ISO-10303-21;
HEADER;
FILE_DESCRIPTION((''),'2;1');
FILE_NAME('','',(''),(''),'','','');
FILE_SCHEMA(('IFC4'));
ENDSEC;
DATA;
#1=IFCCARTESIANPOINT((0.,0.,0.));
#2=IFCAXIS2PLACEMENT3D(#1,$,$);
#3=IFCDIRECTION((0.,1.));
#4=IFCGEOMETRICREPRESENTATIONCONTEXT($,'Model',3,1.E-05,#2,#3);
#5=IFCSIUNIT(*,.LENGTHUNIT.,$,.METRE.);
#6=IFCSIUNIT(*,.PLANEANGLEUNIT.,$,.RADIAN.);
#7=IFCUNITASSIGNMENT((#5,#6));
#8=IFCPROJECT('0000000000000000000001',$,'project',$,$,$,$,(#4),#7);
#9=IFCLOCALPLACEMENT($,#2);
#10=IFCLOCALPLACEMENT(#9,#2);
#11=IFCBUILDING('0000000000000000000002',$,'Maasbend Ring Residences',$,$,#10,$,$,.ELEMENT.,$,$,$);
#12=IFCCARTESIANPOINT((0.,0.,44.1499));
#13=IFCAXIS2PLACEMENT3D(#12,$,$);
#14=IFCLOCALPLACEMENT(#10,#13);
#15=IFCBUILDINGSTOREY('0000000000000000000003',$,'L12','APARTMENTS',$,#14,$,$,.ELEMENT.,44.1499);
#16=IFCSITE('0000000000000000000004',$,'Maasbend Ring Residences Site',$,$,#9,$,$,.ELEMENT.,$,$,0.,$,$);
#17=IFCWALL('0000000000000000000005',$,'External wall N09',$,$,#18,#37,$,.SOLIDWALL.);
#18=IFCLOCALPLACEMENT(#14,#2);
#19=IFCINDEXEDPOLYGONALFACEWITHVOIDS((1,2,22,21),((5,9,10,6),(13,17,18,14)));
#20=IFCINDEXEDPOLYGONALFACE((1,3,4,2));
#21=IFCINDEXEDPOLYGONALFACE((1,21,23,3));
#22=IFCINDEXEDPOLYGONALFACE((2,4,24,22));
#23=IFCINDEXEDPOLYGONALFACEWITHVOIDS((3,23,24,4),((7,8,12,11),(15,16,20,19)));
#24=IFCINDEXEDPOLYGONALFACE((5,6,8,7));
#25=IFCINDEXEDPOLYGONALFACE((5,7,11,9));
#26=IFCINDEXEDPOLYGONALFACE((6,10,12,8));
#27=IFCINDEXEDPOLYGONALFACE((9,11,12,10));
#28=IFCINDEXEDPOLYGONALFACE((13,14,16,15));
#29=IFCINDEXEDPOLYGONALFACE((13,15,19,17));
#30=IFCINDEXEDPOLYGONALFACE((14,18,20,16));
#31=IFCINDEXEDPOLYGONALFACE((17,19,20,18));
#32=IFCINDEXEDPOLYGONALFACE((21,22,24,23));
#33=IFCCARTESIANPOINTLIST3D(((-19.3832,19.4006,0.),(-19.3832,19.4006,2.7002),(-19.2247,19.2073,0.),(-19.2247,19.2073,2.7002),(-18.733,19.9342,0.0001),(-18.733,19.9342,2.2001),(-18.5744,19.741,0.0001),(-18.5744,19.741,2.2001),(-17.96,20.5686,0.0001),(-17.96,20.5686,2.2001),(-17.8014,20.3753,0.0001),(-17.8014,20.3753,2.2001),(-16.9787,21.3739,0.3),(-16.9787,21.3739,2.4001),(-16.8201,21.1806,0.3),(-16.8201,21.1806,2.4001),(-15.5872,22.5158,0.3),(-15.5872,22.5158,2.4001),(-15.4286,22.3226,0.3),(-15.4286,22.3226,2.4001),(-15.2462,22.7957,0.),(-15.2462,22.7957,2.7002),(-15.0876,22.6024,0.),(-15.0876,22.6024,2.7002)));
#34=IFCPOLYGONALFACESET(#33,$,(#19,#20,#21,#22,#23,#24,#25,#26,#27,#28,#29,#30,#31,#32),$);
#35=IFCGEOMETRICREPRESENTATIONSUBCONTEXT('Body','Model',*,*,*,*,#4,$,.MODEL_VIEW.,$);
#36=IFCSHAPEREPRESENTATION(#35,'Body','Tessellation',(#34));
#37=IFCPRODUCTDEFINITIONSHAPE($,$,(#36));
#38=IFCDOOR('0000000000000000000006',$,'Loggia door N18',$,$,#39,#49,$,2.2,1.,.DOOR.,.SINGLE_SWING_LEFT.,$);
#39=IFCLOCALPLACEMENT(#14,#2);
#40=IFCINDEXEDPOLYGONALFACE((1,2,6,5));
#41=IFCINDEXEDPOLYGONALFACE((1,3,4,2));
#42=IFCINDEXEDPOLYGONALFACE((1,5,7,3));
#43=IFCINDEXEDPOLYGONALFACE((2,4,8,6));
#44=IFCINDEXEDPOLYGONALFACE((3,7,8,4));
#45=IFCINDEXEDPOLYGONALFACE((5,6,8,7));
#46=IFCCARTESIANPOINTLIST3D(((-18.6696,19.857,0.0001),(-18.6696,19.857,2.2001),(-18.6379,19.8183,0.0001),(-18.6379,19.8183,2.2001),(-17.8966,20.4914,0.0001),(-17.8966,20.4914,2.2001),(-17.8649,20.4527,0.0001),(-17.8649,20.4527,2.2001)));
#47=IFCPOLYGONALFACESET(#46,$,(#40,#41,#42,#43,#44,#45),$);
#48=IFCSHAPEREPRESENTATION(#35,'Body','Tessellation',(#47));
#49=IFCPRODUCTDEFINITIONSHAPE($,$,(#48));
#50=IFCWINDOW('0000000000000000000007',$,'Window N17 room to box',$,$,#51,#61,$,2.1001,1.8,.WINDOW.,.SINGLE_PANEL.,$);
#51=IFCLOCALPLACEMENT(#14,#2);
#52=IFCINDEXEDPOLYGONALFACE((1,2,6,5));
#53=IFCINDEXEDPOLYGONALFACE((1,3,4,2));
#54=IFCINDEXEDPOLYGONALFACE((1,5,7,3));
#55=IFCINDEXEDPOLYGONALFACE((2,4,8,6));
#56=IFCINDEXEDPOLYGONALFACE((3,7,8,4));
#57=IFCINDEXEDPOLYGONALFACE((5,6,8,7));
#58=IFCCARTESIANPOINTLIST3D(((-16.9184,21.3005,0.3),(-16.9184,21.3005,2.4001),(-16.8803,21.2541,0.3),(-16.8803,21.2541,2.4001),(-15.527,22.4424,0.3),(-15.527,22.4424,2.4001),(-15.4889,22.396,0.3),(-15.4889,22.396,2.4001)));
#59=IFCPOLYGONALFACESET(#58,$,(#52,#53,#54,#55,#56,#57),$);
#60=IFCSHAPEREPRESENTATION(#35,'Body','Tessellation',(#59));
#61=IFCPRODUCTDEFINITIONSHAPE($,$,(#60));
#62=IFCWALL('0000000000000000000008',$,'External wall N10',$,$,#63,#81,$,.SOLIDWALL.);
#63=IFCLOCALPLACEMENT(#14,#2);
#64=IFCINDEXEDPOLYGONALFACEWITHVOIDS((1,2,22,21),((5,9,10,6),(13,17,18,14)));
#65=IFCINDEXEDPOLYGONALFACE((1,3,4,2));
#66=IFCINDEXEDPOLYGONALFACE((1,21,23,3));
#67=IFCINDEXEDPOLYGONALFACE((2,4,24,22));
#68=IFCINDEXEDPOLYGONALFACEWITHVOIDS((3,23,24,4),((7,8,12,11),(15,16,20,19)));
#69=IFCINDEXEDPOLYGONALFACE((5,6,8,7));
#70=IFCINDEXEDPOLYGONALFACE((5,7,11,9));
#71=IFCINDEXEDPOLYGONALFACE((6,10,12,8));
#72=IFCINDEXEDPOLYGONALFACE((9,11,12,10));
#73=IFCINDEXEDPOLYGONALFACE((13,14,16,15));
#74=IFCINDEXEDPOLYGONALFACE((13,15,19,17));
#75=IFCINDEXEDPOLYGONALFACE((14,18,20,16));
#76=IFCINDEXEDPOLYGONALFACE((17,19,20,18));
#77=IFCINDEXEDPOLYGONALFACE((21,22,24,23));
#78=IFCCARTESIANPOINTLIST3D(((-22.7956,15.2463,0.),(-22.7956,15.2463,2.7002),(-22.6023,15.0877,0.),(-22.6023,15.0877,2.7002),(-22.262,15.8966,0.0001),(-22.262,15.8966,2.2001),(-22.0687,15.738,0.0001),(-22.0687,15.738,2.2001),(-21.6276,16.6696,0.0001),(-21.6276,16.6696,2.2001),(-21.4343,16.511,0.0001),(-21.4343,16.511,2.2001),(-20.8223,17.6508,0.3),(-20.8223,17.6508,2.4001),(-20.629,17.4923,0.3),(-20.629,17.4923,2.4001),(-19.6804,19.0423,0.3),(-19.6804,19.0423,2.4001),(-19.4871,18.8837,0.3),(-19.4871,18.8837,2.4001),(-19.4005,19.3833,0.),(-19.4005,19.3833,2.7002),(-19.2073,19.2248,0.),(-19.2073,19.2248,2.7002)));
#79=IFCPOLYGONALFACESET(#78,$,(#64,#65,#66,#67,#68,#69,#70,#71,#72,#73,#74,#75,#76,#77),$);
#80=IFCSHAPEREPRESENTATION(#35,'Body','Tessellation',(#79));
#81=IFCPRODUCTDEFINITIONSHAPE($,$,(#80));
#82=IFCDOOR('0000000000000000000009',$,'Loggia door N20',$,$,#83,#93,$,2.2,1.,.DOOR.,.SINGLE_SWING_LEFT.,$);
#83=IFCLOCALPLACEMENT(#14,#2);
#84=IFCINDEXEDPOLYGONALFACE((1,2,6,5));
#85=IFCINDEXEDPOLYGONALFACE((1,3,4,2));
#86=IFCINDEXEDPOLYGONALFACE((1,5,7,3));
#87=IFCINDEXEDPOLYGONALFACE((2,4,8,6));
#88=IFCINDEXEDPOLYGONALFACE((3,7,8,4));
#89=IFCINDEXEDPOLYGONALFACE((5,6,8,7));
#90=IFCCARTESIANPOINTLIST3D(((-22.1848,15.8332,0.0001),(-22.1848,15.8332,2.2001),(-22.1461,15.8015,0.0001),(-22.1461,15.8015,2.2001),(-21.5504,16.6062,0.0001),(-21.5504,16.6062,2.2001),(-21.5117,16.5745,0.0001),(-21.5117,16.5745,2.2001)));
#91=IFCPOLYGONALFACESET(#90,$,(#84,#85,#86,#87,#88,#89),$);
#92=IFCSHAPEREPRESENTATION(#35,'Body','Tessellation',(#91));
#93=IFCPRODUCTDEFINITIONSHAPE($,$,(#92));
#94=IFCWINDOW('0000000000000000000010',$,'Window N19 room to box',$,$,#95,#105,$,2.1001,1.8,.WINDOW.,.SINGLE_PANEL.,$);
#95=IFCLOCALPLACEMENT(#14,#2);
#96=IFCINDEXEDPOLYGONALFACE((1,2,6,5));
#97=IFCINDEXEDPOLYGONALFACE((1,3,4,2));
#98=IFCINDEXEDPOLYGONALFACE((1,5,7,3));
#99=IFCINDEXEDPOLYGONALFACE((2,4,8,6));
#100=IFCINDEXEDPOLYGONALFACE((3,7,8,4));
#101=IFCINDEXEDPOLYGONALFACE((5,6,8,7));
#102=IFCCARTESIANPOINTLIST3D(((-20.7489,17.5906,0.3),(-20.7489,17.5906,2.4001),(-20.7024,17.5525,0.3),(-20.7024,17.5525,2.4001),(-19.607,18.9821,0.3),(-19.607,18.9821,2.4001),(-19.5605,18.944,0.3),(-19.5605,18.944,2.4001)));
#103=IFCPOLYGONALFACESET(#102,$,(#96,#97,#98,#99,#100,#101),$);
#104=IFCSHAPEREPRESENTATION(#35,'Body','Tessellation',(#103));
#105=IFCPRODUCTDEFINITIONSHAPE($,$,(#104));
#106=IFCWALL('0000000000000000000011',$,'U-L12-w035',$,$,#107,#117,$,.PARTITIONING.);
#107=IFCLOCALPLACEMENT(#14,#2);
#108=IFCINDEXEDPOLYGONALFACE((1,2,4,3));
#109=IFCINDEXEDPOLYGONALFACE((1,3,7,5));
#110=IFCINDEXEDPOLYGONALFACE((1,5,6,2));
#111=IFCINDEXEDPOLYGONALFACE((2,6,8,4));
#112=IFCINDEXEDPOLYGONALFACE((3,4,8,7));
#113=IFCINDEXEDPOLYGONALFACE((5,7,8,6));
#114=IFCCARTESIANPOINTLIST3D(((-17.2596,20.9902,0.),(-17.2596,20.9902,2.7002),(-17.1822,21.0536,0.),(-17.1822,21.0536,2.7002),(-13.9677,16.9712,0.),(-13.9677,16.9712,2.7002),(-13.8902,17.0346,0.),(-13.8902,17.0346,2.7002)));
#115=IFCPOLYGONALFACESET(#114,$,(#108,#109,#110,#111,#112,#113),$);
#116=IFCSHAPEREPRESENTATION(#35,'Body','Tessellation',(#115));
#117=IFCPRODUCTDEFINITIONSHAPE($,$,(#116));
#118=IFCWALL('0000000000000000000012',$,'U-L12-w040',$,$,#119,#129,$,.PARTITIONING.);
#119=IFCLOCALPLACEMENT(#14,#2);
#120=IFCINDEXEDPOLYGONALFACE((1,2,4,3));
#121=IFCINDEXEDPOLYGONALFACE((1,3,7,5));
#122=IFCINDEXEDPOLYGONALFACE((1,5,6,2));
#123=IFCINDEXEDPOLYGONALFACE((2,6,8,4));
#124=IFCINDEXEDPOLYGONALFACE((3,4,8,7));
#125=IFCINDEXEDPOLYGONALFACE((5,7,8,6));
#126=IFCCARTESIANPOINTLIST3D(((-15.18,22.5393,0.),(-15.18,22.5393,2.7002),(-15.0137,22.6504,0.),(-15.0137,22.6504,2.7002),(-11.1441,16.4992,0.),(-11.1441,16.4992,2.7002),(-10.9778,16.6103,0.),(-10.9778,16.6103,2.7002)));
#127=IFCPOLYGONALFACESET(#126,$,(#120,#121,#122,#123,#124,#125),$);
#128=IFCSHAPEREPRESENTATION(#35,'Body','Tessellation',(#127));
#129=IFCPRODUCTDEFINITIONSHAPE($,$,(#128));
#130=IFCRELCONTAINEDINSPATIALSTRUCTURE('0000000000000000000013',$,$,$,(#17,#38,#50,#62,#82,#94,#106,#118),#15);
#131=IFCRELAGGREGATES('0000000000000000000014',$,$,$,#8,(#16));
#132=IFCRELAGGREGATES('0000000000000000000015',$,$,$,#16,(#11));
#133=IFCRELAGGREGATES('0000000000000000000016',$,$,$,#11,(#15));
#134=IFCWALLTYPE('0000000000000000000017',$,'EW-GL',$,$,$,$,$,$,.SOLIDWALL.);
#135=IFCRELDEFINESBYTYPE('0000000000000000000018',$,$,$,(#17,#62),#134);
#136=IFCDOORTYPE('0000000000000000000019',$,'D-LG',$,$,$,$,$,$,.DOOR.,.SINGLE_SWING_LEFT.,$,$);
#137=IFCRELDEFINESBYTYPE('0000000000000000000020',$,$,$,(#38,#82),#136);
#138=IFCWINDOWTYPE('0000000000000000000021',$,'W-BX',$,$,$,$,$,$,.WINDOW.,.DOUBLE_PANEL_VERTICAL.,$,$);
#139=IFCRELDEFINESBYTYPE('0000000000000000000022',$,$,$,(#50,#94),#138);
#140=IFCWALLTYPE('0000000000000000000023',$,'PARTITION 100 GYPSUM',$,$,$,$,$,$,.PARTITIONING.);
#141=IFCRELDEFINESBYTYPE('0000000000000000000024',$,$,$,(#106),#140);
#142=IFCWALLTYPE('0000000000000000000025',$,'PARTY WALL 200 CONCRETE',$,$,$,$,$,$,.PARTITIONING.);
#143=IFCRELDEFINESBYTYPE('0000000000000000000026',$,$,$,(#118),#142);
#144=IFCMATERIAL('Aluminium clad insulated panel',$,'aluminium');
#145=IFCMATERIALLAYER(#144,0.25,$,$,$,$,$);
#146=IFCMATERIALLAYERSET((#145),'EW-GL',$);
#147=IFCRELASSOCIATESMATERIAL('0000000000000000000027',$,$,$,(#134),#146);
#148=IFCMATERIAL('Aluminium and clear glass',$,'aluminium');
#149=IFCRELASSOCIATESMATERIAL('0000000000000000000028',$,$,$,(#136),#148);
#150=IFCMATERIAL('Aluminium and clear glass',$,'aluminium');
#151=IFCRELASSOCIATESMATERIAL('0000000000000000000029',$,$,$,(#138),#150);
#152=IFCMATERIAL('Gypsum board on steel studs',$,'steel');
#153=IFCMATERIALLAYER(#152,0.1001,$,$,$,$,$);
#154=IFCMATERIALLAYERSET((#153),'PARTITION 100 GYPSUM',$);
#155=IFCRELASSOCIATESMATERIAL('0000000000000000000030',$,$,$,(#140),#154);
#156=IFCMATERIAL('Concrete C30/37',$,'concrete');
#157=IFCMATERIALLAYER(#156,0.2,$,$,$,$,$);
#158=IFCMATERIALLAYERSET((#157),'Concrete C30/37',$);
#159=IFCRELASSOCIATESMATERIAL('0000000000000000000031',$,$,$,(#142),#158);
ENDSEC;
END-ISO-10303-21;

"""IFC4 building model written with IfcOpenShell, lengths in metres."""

from ifc_helpers import new_model, si_unit, direction, frame, frame_2d, origin, place, context, subcontext, project, spatial, rectangle, extrude, material, layer, layer_set, type_object, element, fill, save


model = new_model("IFC4")

# Units and contexts
model_context = context("Model", 3, precision=1e-05, world=origin(), true_north=direction((0.0, 1.0)))
body_context = subcontext(model_context, "Body", "Model", "MODEL_VIEW")
ifc_project = project(units=[si_unit("LENGTHUNIT", "METRE"), si_unit("PLANEANGLEUNIT", "RADIAN")], contexts=[model_context])

# Site, building, storey
site_placement = place(None, origin())
site = spatial("IfcSite", under=ifc_project, at=site_placement, Name="Maasbend Ring Residences Site", CompositionType="ELEMENT", RefElevation=0.0)
building_placement = place(site_placement, origin())
building = spatial("IfcBuilding", under=site, at=building_placement, Name="Maasbend Ring Residences", CompositionType="ELEMENT")
storey_placement = place(building_placement, frame((0.0, 0.0, 44.1499)))
storey = spatial("IfcBuildingStorey", under=building, at=storey_placement, Name="L12", Description="APARTMENTS", CompositionType="ELEMENT", Elevation=44.1499)

# Walls, openings, doors, windows
ifc_material_1 = material(Name="Aluminium clad insulated panel", Category="aluminium")
ifc_layer_1 = layer(ifc_material_1, 0.25)
ifc_layer_set_1 = layer_set([ifc_layer_1], Name="EW-GL")
wall_type_1 = type_object("IfcWallType", Name="EW-GL", PredefinedType="SOLIDWALL", material=ifc_layer_set_1)
wall_1_placement = place(storey_placement, frame((-15.167, 22.699, 0.0), z_axis=(0.0, 0.0, 1.0), x_axis=(-0.773019, -0.634382, 0.0)))
wall_1 = element("IfcWall", 1, at=wall_1_placement, inside=storey, type_object=wall_type_1, Name="External wall N09", PredefinedType="SOLIDWALL", context=body_context, shape_type="SweptSolid", body=[
    extrude(rectangle(XDim=5.3518, YDim=0.25, at=frame_2d((2.6758, 0.0))), origin(), (0.0, 0.0, 1.0), 2.7002),
])
opening_1_placement = place(wall_1_placement, frame((0.4412, 0.0, 0.3)))
opening_1 = element("IfcOpeningElement", 2, at=opening_1_placement, cuts=wall_1, PredefinedType="OPENING", context=body_context, shape_type="SweptSolid", body=[
    extrude(rectangle(XDim=1.8, YDim=2.1001, at=frame_2d((0.8999, 1.05))), frame((0.0, 0.135, 0.0), z_axis=(0.0, -1.0, 0.0), x_axis=(1.0, 0.0, 0.0)), (0.0, 0.0, 1.0), 0.27),
])
opening_2_placement = place(wall_1_placement, frame((3.5105, 0.0, 0.0)))
opening_2 = element("IfcOpeningElement", 3, at=opening_2_placement, cuts=wall_1, PredefinedType="OPENING", context=body_context, shape_type="SweptSolid", body=[
    extrude(rectangle(XDim=1.0, YDim=2.2, at=frame_2d((0.5, 1.1001))), frame((0.0, 0.135, 0.0), z_axis=(0.0, -1.0, 0.0), x_axis=(1.0, 0.0, 0.0)), (0.0, 0.0, 1.0), 0.27),
])
ifc_material_2 = material(Name="Aluminium and clear glass", Category="aluminium")
door_type = type_object("IfcDoorType", Name="D-LG", OperationType="SINGLE_SWING_LEFT", PredefinedType="DOOR", material=ifc_material_2)
door_1_placement = place(opening_2_placement, origin())
door_1 = element("IfcDoor", 4, at=door_1_placement, inside=storey, type_object=door_type, Name="Loggia door N18", OperationType="SINGLE_SWING_LEFT", OverallHeight=2.2, OverallWidth=1.0, PredefinedType="DOOR", context=body_context, shape_type="SweptSolid", body=[
    extrude(rectangle(XDim=1.0, YDim=2.2, at=frame_2d((0.5, 1.1001))), frame((0.0, 0.0249, 0.0), z_axis=(0.0, -1.0, 0.0), x_axis=(1.0, 0.0, 0.0)), (0.0, 0.0, 1.0), 0.05),
])
fill(opening_2, door_1)
ifc_material_3 = material(Name="Aluminium and clear glass", Category="aluminium")
window_type_1 = type_object("IfcWindowType", Name="W-BX", PartitioningType="DOUBLE_PANEL_VERTICAL", PredefinedType="WINDOW", material=ifc_material_3)
window_1_placement = place(opening_1_placement, origin())
window_1 = element("IfcWindow", 5, at=window_1_placement, inside=storey, type_object=window_type_1, Name="Window N17 room to box", OverallHeight=2.1001, OverallWidth=1.8, PartitioningType="SINGLE_PANEL", PredefinedType="WINDOW", context=body_context, shape_type="SweptSolid", body=[
    extrude(rectangle(XDim=1.8, YDim=2.1001, at=frame_2d((0.8999, 1.05))), frame((0.0, 0.03, 0.0), z_axis=(0.0, -1.0, 0.0), x_axis=(1.0, 0.0, 0.0)), (0.0, 0.0, 1.0), 0.0601),
])
fill(opening_1, window_1)
wall_2_placement = place(storey_placement, frame((-19.304, 19.304, 0.0), z_axis=(0.0, 0.0, 1.0), x_axis=(-0.634382, -0.773019, 0.0)))
wall_2 = element("IfcWall", 6, at=wall_2_placement, inside=storey, type_object=wall_type_1, Name="External wall N10", PredefinedType="SOLIDWALL", context=body_context, shape_type="SweptSolid", body=[
    extrude(rectangle(XDim=5.3518, YDim=0.25, at=frame_2d((2.6758, 0.0))), origin(), (0.0, 0.0, 1.0), 2.7002),
])
opening_3_placement = place(wall_2_placement, frame((0.4412, 0.0, 0.3)))
opening_3 = element("IfcOpeningElement", 7, at=opening_3_placement, cuts=wall_2, PredefinedType="OPENING", context=body_context, shape_type="SweptSolid", body=[
    extrude(rectangle(XDim=1.8, YDim=2.1001, at=frame_2d((0.8999, 1.05))), frame((0.0, 0.135, 0.0), z_axis=(0.0, -1.0, 0.0), x_axis=(1.0, 0.0, 0.0)), (0.0, 0.0, 1.0), 0.27),
])
opening_4_placement = place(wall_2_placement, frame((3.5105, 0.0, 0.0)))
opening_4 = element("IfcOpeningElement", 8, at=opening_4_placement, cuts=wall_2, PredefinedType="OPENING", context=body_context, shape_type="SweptSolid", body=[
    extrude(rectangle(XDim=1.0, YDim=2.2, at=frame_2d((0.5, 1.1001))), frame((0.0, 0.135, 0.0), z_axis=(0.0, -1.0, 0.0), x_axis=(1.0, 0.0, 0.0)), (0.0, 0.0, 1.0), 0.27),
])
door_2_placement = place(opening_4_placement, origin())
door_2 = element("IfcDoor", 9, at=door_2_placement, inside=storey, type_object=door_type, Name="Loggia door N20", OperationType="SINGLE_SWING_LEFT", OverallHeight=2.2, OverallWidth=1.0, PredefinedType="DOOR", context=body_context, shape_type="SweptSolid", body=[
    extrude(rectangle(XDim=1.0, YDim=2.2, at=frame_2d((0.5, 1.1001))), frame((0.0, 0.0249, 0.0), z_axis=(0.0, -1.0, 0.0), x_axis=(1.0, 0.0, 0.0)), (0.0, 0.0, 1.0), 0.05),
])
fill(opening_4, door_2)
window_2_placement = place(opening_3_placement, origin())
window_2 = element("IfcWindow", 10, at=window_2_placement, inside=storey, type_object=window_type_1, Name="Window N19 room to box", OverallHeight=2.1001, OverallWidth=1.8, PartitioningType="SINGLE_PANEL", PredefinedType="WINDOW", context=body_context, shape_type="SweptSolid", body=[
    extrude(rectangle(XDim=1.8, YDim=2.1001, at=frame_2d((0.8999, 1.05))), frame((0.0, 0.03, 0.0), z_axis=(0.0, -1.0, 0.0), x_axis=(1.0, 0.0, 0.0)), (0.0, 0.0, 1.0), 0.0601),
])
fill(opening_3, window_2)

# Walls
ifc_material_4 = material(Name="Gypsum board on steel studs", Category="steel")
ifc_layer_2 = layer(ifc_material_4, 0.1001)
ifc_layer_set_2 = layer_set([ifc_layer_2], Name="PARTITION 100 GYPSUM")
wall_type_2 = type_object("IfcWallType", Name="PARTITION 100 GYPSUM", PredefinedType="PARTITIONING", material=ifc_layer_set_2)
wall_3_placement = place(storey_placement, frame((-17.2209, 21.022, 0.0), z_axis=(0.0, 0.0, 1.0), x_axis=(0.633662, -0.77361, 0.0)))
element("IfcWall", 11, at=wall_3_placement, inside=storey, type_object=wall_type_2, Name="U-L12-w035", PredefinedType="PARTITIONING", context=body_context, shape_type="SweptSolid", body=[
    extrude(rectangle(XDim=5.1951, YDim=0.1001, at=frame_2d((2.5977, 0.0))), origin(), (0.0, 0.0, 1.0), 2.7002),
])
ifc_material_5 = material(Name="Concrete C30/37", Category="concrete")
ifc_layer_3 = layer(ifc_material_5, 0.2)
ifc_layer_set_3 = layer_set([ifc_layer_3], Name="Concrete C30/37")
wall_type_3 = type_object("IfcWallType", Name="PARTY WALL 200 CONCRETE", PredefinedType="PARTITIONING", material=ifc_layer_set_3)
wall_4_placement = place(storey_placement, frame((-15.0969, 22.595, 0.0), z_axis=(0.0, 0.0, 1.0), x_axis=(0.555576, -0.831466, 0.0)))
element("IfcWall", 12, at=wall_4_placement, inside=storey, type_object=wall_type_3, Name="U-L12-w040", PredefinedType="PARTITIONING", context=body_context, shape_type="SweptSolid", body=[
    extrude(rectangle(XDim=7.2644, YDim=0.2, at=frame_2d((3.6323, 0.0))), origin(), (0.0, 0.0, 1.0), 2.7002),
])

save(model, "model.ifc")
